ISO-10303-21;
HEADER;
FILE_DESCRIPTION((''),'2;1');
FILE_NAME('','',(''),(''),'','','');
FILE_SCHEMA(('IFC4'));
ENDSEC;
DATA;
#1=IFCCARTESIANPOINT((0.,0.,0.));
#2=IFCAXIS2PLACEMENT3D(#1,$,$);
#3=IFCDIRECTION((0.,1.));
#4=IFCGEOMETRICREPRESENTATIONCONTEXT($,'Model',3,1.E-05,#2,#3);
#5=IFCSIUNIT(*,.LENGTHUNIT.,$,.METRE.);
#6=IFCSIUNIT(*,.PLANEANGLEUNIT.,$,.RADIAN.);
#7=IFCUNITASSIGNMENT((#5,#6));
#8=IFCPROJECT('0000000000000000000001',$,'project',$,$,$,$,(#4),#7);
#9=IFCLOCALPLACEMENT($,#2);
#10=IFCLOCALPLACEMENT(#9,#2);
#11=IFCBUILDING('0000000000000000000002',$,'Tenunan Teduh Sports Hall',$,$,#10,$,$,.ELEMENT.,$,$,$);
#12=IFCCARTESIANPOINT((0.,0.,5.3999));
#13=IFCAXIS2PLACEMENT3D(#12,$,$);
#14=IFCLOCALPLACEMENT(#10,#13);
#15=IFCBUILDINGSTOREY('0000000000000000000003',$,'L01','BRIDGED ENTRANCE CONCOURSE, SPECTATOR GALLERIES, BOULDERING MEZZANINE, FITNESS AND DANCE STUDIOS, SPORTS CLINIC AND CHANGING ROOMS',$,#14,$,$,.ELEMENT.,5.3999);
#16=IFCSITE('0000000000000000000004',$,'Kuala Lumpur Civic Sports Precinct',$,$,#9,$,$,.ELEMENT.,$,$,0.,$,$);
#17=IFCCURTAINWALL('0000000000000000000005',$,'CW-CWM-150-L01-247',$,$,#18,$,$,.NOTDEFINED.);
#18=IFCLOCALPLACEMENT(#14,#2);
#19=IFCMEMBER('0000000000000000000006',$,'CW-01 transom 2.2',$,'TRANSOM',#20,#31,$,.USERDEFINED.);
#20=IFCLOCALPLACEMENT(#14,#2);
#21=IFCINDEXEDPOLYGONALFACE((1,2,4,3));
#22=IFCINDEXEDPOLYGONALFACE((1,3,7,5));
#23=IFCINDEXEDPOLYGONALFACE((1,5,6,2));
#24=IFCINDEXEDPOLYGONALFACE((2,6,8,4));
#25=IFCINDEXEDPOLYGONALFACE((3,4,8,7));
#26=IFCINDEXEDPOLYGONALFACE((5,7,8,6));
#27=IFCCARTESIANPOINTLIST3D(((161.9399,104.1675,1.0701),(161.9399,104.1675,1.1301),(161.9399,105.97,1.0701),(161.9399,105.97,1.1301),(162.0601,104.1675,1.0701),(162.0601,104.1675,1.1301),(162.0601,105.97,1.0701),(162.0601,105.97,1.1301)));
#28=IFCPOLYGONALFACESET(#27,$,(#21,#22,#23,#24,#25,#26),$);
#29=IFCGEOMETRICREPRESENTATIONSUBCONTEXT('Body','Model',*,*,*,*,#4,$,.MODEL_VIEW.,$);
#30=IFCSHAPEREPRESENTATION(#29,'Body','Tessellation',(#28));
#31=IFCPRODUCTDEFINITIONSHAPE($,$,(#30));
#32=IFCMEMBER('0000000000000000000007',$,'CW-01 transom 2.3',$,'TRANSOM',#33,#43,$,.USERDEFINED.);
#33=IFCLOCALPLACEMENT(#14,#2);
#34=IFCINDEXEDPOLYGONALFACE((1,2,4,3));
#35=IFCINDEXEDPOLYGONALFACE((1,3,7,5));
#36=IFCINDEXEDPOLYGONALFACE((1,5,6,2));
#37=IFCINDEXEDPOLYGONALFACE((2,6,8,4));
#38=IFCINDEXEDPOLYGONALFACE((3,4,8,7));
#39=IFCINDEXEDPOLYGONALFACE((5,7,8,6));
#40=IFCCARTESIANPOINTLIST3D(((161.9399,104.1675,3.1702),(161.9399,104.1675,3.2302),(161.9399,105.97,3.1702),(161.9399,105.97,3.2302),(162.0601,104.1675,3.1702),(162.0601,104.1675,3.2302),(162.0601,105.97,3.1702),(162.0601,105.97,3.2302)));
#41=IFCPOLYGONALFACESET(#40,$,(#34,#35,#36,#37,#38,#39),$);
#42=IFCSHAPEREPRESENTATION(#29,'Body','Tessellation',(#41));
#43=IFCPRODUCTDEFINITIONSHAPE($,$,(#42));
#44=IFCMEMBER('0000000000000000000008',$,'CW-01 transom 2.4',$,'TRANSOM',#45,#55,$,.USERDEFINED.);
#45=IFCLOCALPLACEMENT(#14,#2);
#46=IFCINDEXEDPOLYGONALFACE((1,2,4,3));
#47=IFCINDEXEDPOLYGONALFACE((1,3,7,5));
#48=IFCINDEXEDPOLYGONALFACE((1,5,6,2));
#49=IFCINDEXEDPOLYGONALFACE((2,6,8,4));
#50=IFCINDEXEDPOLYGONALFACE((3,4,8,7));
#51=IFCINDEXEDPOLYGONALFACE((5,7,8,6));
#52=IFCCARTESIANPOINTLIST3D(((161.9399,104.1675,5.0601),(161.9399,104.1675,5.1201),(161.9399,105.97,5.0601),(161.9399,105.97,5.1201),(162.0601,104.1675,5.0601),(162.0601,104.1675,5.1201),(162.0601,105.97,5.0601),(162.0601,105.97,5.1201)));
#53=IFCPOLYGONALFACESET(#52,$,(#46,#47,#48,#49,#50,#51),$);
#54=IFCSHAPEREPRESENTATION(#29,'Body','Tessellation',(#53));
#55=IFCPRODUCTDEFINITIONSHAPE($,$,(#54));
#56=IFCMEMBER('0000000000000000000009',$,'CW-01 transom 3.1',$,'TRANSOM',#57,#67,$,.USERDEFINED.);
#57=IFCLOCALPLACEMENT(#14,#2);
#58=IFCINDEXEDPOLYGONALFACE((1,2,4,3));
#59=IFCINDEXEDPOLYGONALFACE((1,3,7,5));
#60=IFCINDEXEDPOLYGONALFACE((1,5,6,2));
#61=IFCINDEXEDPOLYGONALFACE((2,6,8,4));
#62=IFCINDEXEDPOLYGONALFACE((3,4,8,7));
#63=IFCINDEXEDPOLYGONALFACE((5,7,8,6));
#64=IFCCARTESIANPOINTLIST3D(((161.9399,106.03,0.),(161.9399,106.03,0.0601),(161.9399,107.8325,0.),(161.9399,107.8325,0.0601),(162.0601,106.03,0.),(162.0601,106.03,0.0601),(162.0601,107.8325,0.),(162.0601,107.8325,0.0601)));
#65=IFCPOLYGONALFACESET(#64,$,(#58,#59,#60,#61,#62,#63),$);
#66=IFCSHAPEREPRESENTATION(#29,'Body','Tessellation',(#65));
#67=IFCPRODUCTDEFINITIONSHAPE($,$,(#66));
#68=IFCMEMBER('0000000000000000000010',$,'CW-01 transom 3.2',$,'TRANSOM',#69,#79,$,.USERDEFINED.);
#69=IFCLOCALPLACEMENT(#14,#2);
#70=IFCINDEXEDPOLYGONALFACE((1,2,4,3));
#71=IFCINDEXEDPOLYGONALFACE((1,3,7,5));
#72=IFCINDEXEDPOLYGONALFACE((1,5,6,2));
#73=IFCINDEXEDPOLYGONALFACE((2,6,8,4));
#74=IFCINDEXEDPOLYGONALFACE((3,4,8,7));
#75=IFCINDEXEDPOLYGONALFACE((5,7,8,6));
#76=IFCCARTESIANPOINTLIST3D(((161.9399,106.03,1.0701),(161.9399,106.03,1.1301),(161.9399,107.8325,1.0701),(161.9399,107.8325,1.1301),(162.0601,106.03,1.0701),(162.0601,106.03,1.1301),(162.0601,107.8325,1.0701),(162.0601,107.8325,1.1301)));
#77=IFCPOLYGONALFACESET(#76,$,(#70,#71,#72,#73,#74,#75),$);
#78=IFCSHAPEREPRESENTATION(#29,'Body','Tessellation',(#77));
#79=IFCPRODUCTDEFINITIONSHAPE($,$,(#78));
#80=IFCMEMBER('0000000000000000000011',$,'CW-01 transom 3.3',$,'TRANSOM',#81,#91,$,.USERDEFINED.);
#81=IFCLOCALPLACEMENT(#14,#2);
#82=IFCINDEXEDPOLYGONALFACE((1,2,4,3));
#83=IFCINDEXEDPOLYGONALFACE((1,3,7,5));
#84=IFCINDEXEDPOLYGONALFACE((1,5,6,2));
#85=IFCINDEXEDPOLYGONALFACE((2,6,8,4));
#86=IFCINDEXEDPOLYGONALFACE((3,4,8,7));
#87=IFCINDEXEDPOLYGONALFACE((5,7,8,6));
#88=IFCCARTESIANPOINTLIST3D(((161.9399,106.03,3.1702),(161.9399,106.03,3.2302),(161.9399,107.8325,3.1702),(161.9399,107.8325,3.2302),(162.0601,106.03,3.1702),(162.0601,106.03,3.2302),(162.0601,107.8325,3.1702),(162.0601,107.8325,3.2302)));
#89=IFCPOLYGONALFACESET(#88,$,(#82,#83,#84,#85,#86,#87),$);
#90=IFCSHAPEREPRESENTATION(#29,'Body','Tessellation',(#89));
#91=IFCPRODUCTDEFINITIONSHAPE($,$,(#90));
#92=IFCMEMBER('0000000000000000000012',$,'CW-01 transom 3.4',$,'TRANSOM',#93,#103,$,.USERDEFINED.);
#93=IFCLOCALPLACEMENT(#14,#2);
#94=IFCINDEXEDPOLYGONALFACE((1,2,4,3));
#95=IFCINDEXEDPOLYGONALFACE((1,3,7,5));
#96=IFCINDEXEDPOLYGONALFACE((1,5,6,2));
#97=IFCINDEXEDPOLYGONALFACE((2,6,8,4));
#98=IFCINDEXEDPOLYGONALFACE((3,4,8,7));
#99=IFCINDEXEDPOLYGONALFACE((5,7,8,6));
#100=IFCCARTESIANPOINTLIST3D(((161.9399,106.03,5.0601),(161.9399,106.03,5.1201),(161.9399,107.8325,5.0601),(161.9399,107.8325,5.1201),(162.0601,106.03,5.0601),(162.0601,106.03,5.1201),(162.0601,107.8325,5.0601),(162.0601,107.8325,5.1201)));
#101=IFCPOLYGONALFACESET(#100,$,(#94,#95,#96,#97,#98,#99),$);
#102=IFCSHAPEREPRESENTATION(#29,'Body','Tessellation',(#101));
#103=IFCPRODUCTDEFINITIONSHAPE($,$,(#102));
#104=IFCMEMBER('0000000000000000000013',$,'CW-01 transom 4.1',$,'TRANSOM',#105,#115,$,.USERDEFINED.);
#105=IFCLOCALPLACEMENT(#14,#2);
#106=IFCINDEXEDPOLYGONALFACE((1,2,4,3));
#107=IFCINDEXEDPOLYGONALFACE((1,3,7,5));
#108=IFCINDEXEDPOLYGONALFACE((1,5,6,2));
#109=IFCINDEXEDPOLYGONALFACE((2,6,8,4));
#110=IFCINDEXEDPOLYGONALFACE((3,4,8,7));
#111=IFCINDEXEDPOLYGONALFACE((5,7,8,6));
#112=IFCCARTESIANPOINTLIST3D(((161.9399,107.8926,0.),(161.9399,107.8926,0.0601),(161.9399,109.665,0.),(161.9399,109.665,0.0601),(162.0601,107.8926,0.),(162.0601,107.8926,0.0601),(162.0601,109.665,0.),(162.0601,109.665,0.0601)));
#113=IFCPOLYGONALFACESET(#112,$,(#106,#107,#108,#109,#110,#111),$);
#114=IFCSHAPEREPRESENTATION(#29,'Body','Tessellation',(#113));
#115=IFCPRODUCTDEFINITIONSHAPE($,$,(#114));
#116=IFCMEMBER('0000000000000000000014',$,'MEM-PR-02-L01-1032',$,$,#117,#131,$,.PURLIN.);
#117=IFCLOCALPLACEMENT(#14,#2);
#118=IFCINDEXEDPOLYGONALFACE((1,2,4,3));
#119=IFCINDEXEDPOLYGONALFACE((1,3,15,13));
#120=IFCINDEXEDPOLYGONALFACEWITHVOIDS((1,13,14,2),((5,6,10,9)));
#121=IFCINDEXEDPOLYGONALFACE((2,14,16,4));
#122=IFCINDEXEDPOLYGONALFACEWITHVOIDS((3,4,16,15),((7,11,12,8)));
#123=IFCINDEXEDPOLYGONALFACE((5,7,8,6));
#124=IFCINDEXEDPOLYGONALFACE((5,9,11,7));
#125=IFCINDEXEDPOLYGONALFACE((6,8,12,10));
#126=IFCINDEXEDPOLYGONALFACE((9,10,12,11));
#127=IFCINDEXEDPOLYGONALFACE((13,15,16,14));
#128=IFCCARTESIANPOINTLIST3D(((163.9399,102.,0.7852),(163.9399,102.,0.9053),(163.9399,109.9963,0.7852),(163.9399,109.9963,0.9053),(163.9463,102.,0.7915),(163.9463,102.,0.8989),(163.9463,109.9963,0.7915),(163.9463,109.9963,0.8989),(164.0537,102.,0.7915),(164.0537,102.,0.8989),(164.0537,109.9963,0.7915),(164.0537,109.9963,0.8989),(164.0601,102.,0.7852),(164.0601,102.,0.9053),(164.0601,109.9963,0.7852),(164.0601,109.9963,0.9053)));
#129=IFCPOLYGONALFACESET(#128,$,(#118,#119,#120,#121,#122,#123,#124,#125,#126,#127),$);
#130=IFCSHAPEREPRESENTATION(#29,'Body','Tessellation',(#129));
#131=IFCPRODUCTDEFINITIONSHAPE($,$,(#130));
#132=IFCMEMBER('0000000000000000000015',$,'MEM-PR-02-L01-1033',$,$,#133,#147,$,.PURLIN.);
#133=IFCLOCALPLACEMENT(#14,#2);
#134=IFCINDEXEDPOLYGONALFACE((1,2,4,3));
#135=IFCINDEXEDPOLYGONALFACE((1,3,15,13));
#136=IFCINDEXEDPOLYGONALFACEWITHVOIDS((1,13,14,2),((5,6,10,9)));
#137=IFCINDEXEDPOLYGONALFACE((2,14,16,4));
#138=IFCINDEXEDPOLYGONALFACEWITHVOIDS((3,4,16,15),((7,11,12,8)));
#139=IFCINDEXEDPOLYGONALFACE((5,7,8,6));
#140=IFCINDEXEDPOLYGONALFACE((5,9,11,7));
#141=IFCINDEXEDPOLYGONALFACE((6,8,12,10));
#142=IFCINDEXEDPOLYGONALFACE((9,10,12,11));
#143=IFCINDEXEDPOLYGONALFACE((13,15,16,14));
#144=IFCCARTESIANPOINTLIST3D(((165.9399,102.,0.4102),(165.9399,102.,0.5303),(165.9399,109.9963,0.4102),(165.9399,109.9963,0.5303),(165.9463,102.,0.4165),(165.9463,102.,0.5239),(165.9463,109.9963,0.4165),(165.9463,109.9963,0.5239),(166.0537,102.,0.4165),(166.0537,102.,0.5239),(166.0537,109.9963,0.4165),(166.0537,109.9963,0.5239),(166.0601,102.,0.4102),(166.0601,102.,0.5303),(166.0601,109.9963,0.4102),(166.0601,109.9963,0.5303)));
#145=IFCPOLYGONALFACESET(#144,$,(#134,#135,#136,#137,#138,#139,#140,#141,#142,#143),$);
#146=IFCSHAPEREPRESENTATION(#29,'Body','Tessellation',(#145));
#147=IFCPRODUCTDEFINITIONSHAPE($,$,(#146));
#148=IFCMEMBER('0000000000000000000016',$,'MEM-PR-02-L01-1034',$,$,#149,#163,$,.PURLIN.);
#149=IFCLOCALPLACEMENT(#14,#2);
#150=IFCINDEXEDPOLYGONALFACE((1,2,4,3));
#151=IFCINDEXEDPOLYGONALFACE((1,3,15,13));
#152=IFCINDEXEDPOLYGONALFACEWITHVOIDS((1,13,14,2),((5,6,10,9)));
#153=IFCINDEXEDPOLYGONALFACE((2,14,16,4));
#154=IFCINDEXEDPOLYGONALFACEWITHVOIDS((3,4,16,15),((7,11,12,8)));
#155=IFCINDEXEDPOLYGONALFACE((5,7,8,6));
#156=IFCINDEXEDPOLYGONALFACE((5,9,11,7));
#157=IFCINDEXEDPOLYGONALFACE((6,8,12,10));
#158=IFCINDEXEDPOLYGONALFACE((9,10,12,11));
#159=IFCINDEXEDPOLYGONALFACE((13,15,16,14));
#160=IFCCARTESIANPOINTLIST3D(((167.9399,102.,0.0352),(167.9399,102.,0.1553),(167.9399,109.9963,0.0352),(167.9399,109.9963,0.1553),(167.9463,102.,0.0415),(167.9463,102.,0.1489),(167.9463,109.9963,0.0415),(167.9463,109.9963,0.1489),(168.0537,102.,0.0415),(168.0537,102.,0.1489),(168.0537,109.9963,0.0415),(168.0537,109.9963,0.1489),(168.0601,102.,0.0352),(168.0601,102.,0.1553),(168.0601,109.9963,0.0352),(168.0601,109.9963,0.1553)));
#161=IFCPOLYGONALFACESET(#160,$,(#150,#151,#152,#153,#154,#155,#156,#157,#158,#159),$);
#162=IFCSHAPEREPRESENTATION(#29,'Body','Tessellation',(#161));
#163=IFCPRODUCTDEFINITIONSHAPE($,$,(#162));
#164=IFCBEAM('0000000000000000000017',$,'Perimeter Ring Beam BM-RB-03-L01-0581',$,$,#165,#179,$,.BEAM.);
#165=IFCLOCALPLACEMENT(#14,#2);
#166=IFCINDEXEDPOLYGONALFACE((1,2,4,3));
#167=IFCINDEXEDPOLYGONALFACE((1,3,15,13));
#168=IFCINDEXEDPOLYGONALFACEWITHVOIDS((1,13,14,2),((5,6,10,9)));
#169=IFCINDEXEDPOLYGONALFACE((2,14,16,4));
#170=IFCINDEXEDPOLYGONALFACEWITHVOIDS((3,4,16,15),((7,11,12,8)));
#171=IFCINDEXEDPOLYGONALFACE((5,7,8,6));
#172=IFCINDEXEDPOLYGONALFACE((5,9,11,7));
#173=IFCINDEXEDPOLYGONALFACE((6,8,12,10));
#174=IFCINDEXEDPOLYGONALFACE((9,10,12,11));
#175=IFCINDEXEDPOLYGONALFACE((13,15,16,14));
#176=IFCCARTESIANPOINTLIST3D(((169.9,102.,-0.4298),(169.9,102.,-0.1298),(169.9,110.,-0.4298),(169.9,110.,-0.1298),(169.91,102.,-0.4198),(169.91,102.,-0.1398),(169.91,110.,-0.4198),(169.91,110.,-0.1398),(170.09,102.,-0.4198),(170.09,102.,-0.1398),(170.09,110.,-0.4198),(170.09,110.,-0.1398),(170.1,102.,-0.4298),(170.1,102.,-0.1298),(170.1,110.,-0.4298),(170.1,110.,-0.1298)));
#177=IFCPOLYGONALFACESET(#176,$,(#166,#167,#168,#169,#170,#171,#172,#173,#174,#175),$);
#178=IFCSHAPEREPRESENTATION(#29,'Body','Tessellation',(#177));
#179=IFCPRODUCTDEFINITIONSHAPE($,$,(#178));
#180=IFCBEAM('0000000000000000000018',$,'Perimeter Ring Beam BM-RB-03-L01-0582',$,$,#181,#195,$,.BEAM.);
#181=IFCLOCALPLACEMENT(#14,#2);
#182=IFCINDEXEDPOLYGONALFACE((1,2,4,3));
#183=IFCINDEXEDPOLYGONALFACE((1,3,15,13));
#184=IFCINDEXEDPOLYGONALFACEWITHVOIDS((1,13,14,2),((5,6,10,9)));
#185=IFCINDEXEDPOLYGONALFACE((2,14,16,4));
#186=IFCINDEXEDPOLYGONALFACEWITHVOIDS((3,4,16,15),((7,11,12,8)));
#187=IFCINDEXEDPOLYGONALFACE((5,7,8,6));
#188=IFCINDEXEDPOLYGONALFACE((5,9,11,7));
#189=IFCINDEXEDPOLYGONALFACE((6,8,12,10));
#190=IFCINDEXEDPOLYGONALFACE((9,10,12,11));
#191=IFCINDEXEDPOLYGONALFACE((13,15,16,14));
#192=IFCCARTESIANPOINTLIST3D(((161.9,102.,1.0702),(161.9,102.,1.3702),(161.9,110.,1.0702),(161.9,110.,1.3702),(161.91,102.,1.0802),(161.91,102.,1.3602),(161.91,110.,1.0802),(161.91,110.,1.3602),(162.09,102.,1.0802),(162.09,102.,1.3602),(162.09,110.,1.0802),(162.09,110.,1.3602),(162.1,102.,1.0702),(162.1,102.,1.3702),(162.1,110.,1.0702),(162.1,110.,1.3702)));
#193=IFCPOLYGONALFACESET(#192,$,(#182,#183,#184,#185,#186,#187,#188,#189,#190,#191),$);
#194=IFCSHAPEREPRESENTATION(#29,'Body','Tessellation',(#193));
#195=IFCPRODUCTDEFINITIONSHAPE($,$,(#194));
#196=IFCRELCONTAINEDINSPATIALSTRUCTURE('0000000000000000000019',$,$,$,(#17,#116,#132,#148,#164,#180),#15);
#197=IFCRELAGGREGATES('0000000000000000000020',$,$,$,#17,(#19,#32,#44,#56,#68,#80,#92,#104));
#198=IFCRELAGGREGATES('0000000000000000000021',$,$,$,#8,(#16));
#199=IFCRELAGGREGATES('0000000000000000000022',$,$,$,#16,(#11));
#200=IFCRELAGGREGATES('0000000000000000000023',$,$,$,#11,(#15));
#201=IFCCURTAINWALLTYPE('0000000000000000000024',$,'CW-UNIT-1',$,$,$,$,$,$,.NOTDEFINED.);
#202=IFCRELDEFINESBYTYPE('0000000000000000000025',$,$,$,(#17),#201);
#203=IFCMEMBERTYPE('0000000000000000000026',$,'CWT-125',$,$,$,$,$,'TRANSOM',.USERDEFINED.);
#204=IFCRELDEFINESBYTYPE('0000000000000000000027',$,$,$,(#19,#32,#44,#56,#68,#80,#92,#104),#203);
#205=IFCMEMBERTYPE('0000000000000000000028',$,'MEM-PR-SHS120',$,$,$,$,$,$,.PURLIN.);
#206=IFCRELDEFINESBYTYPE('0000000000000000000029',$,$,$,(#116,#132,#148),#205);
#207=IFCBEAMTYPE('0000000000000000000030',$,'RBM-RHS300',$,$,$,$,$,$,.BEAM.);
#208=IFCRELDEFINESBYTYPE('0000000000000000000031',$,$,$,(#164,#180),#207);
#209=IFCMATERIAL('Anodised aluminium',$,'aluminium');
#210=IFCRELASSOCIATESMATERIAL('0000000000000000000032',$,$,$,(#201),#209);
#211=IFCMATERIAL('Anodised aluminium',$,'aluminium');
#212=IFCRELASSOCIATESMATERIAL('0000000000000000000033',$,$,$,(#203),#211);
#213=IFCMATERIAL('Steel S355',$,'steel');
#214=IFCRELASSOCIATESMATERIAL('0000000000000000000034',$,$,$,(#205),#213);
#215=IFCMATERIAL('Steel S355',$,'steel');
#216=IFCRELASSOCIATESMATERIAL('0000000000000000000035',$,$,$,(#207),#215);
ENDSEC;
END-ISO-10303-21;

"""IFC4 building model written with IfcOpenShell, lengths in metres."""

from ifc_helpers import new_model, si_unit, direction, frame, origin, origin_2d, place, context, subcontext, project, spatial, rectangle, hollow_rectangle, extrude, material, material_profile, profile_set, type_object, element, aggregate, save


model = new_model("IFC4")

# Units and contexts
model_context = context("Model", 3, precision=1e-05, world=origin(), true_north=direction((0.0, 1.0)))
body_context = subcontext(model_context, "Body", "Model", "MODEL_VIEW")
ifc_project = project(units=[si_unit("LENGTHUNIT", "METRE"), si_unit("PLANEANGLEUNIT", "RADIAN")], contexts=[model_context])

# Site, building, storey
site_placement = place(None, origin())
site = spatial("IfcSite", under=ifc_project, at=site_placement, Name="Kuala Lumpur Civic Sports Precinct", CompositionType="ELEMENT", RefElevation=0.0)
building_placement = place(site_placement, origin())
building = spatial("IfcBuilding", under=site, at=building_placement, Name="Tenunan Teduh Sports Hall", CompositionType="ELEMENT")
storey_placement = place(building_placement, frame((0.0, 0.0, 5.3999)))
storey = spatial("IfcBuildingStorey", under=building, at=storey_placement, Name="L01", Description="BRIDGED ENTRANCE CONCOURSE, SPECTATOR GALLERIES, BOULDERING MEZZANINE, FITNESS AND DANCE STUDIOS, SPORTS CLINIC AND CHANGING ROOMS", CompositionType="ELEMENT", Elevation=5.3999)

# Curtain wall
ifc_material_1 = material(Name="Anodised aluminium", Category="aluminium")
curtain_wall_type = type_object("IfcCurtainWallType", Name="CW-UNIT-1", PredefinedType="NOTDEFINED", material=ifc_material_1)
curtain_wall_1_placement = place(storey_placement, origin())
curtain_wall_1 = element("IfcCurtainWall", 1, at=curtain_wall_1_placement, inside=storey, type_object=curtain_wall_type, Name="CW-CWM-150-L01-247", PredefinedType="NOTDEFINED")

# Members
ifc_material_2 = material(Name="Anodised aluminium", Category="aluminium")
ifc_material_profile_1 = material_profile(ifc_material_2, rectangle(XDim=0.0601, YDim=0.1201, at=origin_2d()), Name="CWT 60x120")
ifc_profile_set_1 = profile_set([ifc_material_profile_1], Name="Anodised aluminium")
member_type_1 = type_object("IfcMemberType", Name="CWT-125", ElementType="TRANSOM", PredefinedType="USERDEFINED", material=ifc_profile_set_1)
member_1_placement = place(storey_placement, frame((162.0, 104.1675, 1.1001), z_axis=(0.0, 1.0, 0.0), x_axis=(0.0, 0.0, 1.0)))
member_1 = element("IfcMember", 2, at=member_1_placement, type_object=member_type_1, Name="CW-01 transom 2.2", ObjectType="TRANSOM", PredefinedType="USERDEFINED", context=body_context, shape_type="SweptSolid", body=[
    extrude(rectangle(XDim=0.0601, YDim=0.1201, at=origin_2d()), origin(), (0.0, 0.0, 1.0), 1.8025),
])
member_2_placement = place(storey_placement, frame((162.0, 104.1675, 3.2002), z_axis=(0.0, 1.0, 0.0), x_axis=(0.0, 0.0, 1.0)))
member_2 = element("IfcMember", 3, at=member_2_placement, type_object=member_type_1, Name="CW-01 transom 2.3", ObjectType="TRANSOM", PredefinedType="USERDEFINED", context=body_context, shape_type="SweptSolid", body=[
    extrude(rectangle(XDim=0.0601, YDim=0.1201, at=origin_2d()), origin(), (0.0, 0.0, 1.0), 1.8025),
])
member_3_placement = place(storey_placement, frame((162.0, 104.1675, 5.0901), z_axis=(0.0, 1.0, 0.0), x_axis=(0.0, 0.0, 1.0)))
member_3 = element("IfcMember", 4, at=member_3_placement, type_object=member_type_1, Name="CW-01 transom 2.4", ObjectType="TRANSOM", PredefinedType="USERDEFINED", context=body_context, shape_type="SweptSolid", body=[
    extrude(rectangle(XDim=0.0601, YDim=0.1201, at=origin_2d()), origin(), (0.0, 0.0, 1.0), 1.8025),
])
member_4_placement = place(storey_placement, frame((162.0, 106.03, 0.03), z_axis=(0.0, 1.0, 0.0), x_axis=(0.0, 0.0, 1.0)))
member_4 = element("IfcMember", 5, at=member_4_placement, type_object=member_type_1, Name="CW-01 transom 3.1", ObjectType="TRANSOM", PredefinedType="USERDEFINED", context=body_context, shape_type="SweptSolid", body=[
    extrude(rectangle(XDim=0.0601, YDim=0.1201, at=origin_2d()), origin(), (0.0, 0.0, 1.0), 1.8025),
])
member_5_placement = place(storey_placement, frame((162.0, 106.03, 1.1001), z_axis=(0.0, 1.0, 0.0), x_axis=(0.0, 0.0, 1.0)))
member_5 = element("IfcMember", 6, at=member_5_placement, type_object=member_type_1, Name="CW-01 transom 3.2", ObjectType="TRANSOM", PredefinedType="USERDEFINED", context=body_context, shape_type="SweptSolid", body=[
    extrude(rectangle(XDim=0.0601, YDim=0.1201, at=origin_2d()), origin(), (0.0, 0.0, 1.0), 1.8025),
])
member_6_placement = place(storey_placement, frame((162.0, 106.03, 3.2002), z_axis=(0.0, 1.0, 0.0), x_axis=(0.0, 0.0, 1.0)))
member_6 = element("IfcMember", 7, at=member_6_placement, type_object=member_type_1, Name="CW-01 transom 3.3", ObjectType="TRANSOM", PredefinedType="USERDEFINED", context=body_context, shape_type="SweptSolid", body=[
    extrude(rectangle(XDim=0.0601, YDim=0.1201, at=origin_2d()), origin(), (0.0, 0.0, 1.0), 1.8025),
])
member_7_placement = place(storey_placement, frame((162.0, 106.03, 5.0901), z_axis=(0.0, 1.0, 0.0), x_axis=(0.0, 0.0, 1.0)))
member_7 = element("IfcMember", 8, at=member_7_placement, type_object=member_type_1, Name="CW-01 transom 3.4", ObjectType="TRANSOM", PredefinedType="USERDEFINED", context=body_context, shape_type="SweptSolid", body=[
    extrude(rectangle(XDim=0.0601, YDim=0.1201, at=origin_2d()), origin(), (0.0, 0.0, 1.0), 1.8025),
])
member_8_placement = place(storey_placement, frame((162.0, 107.8926, 0.03), z_axis=(0.0, 1.0, 0.0), x_axis=(0.0, 0.0, 1.0)))
member_8 = element("IfcMember", 9, at=member_8_placement, type_object=member_type_1, Name="CW-01 transom 4.1", ObjectType="TRANSOM", PredefinedType="USERDEFINED", context=body_context, shape_type="SweptSolid", body=[
    extrude(rectangle(XDim=0.0601, YDim=0.1201, at=origin_2d()), origin(), (0.0, 0.0, 1.0), 1.7725),
])

# Members
ifc_material_3 = material(Name="Steel S355", Category="steel")
ifc_material_profile_2 = material_profile(ifc_material_3, hollow_rectangle(XDim=0.1201, YDim=0.1201, WallThickness=0.0063, at=origin_2d()), Name="SHS 120x120x6.3")
ifc_profile_set_2 = profile_set([ifc_material_profile_2], Name="Steel S355")
member_type_2 = type_object("IfcMemberType", Name="MEM-PR-SHS120", PredefinedType="PURLIN", material=ifc_profile_set_2)
for number, where, z_axis, x_axis, name in (
    (10, (164.0, 102.0, 0.8452), (0.0, 1.0, 0.0), (-1.0, 0.0, 0.0), "MEM-PR-02-L01-1032"),
    (11, (166.0, 102.0, 0.4702), (0.0, 1.0, 0.0), (-1.0, 0.0, 0.0), "MEM-PR-02-L01-1033"),
    (12, (168.0, 102.0, 0.0952), (0.0, 1.0, 0.0), (-1.0, 0.0, 0.0), "MEM-PR-02-L01-1034"),
):
    element("IfcMember", number, at=place(storey_placement, frame(where, z_axis=z_axis, x_axis=x_axis)), inside=storey, type_object=member_type_2, Name=name, PredefinedType="PURLIN", context=body_context, shape_type="SweptSolid", body=[
        extrude(hollow_rectangle(XDim=0.1201, YDim=0.1201, WallThickness=0.0063, at=origin_2d()), origin(), (0.0, 0.0, 1.0), 7.9963),
    ])

# Beams
ifc_material_4 = material(Name="Steel S355", Category="steel")
ifc_material_profile_3 = material_profile(ifc_material_4, hollow_rectangle(XDim=0.2, YDim=0.3, WallThickness=0.01, at=origin_2d()), Name="RHS 300x200x10.0")
ifc_profile_set_3 = profile_set([ifc_material_profile_3], Name="Steel S355")
beam_type_1 = type_object("IfcBeamType", Name="RBM-RHS300", PredefinedType="BEAM", material=ifc_profile_set_3)
for number, where, z_axis, x_axis, name in (
    (13, (170.0, 102.0, -0.2798), (0.0, 1.0, 0.0), (-1.0, 0.0, 0.0), "Perimeter Ring Beam BM-RB-03-L01-0581"),
    (14, (162.0, 102.0, 1.2202), (0.0, 1.0, 0.0), (-1.0, 0.0, 0.0), "Perimeter Ring Beam BM-RB-03-L01-0582"),
):
    element("IfcBeam", number, at=place(storey_placement, frame(where, z_axis=z_axis, x_axis=x_axis)), inside=storey, type_object=beam_type_1, Name=name, PredefinedType="BEAM", context=body_context, shape_type="SweptSolid", body=[
        extrude(hollow_rectangle(XDim=0.2, YDim=0.3, WallThickness=0.01, at=origin_2d()), origin(), (0.0, 0.0, 1.0), 8.0),
    ])

aggregate(curtain_wall_1, [member_1, member_2, member_3, member_4, member_5, member_6, member_7, member_8])

save(model, "model.ifc")
